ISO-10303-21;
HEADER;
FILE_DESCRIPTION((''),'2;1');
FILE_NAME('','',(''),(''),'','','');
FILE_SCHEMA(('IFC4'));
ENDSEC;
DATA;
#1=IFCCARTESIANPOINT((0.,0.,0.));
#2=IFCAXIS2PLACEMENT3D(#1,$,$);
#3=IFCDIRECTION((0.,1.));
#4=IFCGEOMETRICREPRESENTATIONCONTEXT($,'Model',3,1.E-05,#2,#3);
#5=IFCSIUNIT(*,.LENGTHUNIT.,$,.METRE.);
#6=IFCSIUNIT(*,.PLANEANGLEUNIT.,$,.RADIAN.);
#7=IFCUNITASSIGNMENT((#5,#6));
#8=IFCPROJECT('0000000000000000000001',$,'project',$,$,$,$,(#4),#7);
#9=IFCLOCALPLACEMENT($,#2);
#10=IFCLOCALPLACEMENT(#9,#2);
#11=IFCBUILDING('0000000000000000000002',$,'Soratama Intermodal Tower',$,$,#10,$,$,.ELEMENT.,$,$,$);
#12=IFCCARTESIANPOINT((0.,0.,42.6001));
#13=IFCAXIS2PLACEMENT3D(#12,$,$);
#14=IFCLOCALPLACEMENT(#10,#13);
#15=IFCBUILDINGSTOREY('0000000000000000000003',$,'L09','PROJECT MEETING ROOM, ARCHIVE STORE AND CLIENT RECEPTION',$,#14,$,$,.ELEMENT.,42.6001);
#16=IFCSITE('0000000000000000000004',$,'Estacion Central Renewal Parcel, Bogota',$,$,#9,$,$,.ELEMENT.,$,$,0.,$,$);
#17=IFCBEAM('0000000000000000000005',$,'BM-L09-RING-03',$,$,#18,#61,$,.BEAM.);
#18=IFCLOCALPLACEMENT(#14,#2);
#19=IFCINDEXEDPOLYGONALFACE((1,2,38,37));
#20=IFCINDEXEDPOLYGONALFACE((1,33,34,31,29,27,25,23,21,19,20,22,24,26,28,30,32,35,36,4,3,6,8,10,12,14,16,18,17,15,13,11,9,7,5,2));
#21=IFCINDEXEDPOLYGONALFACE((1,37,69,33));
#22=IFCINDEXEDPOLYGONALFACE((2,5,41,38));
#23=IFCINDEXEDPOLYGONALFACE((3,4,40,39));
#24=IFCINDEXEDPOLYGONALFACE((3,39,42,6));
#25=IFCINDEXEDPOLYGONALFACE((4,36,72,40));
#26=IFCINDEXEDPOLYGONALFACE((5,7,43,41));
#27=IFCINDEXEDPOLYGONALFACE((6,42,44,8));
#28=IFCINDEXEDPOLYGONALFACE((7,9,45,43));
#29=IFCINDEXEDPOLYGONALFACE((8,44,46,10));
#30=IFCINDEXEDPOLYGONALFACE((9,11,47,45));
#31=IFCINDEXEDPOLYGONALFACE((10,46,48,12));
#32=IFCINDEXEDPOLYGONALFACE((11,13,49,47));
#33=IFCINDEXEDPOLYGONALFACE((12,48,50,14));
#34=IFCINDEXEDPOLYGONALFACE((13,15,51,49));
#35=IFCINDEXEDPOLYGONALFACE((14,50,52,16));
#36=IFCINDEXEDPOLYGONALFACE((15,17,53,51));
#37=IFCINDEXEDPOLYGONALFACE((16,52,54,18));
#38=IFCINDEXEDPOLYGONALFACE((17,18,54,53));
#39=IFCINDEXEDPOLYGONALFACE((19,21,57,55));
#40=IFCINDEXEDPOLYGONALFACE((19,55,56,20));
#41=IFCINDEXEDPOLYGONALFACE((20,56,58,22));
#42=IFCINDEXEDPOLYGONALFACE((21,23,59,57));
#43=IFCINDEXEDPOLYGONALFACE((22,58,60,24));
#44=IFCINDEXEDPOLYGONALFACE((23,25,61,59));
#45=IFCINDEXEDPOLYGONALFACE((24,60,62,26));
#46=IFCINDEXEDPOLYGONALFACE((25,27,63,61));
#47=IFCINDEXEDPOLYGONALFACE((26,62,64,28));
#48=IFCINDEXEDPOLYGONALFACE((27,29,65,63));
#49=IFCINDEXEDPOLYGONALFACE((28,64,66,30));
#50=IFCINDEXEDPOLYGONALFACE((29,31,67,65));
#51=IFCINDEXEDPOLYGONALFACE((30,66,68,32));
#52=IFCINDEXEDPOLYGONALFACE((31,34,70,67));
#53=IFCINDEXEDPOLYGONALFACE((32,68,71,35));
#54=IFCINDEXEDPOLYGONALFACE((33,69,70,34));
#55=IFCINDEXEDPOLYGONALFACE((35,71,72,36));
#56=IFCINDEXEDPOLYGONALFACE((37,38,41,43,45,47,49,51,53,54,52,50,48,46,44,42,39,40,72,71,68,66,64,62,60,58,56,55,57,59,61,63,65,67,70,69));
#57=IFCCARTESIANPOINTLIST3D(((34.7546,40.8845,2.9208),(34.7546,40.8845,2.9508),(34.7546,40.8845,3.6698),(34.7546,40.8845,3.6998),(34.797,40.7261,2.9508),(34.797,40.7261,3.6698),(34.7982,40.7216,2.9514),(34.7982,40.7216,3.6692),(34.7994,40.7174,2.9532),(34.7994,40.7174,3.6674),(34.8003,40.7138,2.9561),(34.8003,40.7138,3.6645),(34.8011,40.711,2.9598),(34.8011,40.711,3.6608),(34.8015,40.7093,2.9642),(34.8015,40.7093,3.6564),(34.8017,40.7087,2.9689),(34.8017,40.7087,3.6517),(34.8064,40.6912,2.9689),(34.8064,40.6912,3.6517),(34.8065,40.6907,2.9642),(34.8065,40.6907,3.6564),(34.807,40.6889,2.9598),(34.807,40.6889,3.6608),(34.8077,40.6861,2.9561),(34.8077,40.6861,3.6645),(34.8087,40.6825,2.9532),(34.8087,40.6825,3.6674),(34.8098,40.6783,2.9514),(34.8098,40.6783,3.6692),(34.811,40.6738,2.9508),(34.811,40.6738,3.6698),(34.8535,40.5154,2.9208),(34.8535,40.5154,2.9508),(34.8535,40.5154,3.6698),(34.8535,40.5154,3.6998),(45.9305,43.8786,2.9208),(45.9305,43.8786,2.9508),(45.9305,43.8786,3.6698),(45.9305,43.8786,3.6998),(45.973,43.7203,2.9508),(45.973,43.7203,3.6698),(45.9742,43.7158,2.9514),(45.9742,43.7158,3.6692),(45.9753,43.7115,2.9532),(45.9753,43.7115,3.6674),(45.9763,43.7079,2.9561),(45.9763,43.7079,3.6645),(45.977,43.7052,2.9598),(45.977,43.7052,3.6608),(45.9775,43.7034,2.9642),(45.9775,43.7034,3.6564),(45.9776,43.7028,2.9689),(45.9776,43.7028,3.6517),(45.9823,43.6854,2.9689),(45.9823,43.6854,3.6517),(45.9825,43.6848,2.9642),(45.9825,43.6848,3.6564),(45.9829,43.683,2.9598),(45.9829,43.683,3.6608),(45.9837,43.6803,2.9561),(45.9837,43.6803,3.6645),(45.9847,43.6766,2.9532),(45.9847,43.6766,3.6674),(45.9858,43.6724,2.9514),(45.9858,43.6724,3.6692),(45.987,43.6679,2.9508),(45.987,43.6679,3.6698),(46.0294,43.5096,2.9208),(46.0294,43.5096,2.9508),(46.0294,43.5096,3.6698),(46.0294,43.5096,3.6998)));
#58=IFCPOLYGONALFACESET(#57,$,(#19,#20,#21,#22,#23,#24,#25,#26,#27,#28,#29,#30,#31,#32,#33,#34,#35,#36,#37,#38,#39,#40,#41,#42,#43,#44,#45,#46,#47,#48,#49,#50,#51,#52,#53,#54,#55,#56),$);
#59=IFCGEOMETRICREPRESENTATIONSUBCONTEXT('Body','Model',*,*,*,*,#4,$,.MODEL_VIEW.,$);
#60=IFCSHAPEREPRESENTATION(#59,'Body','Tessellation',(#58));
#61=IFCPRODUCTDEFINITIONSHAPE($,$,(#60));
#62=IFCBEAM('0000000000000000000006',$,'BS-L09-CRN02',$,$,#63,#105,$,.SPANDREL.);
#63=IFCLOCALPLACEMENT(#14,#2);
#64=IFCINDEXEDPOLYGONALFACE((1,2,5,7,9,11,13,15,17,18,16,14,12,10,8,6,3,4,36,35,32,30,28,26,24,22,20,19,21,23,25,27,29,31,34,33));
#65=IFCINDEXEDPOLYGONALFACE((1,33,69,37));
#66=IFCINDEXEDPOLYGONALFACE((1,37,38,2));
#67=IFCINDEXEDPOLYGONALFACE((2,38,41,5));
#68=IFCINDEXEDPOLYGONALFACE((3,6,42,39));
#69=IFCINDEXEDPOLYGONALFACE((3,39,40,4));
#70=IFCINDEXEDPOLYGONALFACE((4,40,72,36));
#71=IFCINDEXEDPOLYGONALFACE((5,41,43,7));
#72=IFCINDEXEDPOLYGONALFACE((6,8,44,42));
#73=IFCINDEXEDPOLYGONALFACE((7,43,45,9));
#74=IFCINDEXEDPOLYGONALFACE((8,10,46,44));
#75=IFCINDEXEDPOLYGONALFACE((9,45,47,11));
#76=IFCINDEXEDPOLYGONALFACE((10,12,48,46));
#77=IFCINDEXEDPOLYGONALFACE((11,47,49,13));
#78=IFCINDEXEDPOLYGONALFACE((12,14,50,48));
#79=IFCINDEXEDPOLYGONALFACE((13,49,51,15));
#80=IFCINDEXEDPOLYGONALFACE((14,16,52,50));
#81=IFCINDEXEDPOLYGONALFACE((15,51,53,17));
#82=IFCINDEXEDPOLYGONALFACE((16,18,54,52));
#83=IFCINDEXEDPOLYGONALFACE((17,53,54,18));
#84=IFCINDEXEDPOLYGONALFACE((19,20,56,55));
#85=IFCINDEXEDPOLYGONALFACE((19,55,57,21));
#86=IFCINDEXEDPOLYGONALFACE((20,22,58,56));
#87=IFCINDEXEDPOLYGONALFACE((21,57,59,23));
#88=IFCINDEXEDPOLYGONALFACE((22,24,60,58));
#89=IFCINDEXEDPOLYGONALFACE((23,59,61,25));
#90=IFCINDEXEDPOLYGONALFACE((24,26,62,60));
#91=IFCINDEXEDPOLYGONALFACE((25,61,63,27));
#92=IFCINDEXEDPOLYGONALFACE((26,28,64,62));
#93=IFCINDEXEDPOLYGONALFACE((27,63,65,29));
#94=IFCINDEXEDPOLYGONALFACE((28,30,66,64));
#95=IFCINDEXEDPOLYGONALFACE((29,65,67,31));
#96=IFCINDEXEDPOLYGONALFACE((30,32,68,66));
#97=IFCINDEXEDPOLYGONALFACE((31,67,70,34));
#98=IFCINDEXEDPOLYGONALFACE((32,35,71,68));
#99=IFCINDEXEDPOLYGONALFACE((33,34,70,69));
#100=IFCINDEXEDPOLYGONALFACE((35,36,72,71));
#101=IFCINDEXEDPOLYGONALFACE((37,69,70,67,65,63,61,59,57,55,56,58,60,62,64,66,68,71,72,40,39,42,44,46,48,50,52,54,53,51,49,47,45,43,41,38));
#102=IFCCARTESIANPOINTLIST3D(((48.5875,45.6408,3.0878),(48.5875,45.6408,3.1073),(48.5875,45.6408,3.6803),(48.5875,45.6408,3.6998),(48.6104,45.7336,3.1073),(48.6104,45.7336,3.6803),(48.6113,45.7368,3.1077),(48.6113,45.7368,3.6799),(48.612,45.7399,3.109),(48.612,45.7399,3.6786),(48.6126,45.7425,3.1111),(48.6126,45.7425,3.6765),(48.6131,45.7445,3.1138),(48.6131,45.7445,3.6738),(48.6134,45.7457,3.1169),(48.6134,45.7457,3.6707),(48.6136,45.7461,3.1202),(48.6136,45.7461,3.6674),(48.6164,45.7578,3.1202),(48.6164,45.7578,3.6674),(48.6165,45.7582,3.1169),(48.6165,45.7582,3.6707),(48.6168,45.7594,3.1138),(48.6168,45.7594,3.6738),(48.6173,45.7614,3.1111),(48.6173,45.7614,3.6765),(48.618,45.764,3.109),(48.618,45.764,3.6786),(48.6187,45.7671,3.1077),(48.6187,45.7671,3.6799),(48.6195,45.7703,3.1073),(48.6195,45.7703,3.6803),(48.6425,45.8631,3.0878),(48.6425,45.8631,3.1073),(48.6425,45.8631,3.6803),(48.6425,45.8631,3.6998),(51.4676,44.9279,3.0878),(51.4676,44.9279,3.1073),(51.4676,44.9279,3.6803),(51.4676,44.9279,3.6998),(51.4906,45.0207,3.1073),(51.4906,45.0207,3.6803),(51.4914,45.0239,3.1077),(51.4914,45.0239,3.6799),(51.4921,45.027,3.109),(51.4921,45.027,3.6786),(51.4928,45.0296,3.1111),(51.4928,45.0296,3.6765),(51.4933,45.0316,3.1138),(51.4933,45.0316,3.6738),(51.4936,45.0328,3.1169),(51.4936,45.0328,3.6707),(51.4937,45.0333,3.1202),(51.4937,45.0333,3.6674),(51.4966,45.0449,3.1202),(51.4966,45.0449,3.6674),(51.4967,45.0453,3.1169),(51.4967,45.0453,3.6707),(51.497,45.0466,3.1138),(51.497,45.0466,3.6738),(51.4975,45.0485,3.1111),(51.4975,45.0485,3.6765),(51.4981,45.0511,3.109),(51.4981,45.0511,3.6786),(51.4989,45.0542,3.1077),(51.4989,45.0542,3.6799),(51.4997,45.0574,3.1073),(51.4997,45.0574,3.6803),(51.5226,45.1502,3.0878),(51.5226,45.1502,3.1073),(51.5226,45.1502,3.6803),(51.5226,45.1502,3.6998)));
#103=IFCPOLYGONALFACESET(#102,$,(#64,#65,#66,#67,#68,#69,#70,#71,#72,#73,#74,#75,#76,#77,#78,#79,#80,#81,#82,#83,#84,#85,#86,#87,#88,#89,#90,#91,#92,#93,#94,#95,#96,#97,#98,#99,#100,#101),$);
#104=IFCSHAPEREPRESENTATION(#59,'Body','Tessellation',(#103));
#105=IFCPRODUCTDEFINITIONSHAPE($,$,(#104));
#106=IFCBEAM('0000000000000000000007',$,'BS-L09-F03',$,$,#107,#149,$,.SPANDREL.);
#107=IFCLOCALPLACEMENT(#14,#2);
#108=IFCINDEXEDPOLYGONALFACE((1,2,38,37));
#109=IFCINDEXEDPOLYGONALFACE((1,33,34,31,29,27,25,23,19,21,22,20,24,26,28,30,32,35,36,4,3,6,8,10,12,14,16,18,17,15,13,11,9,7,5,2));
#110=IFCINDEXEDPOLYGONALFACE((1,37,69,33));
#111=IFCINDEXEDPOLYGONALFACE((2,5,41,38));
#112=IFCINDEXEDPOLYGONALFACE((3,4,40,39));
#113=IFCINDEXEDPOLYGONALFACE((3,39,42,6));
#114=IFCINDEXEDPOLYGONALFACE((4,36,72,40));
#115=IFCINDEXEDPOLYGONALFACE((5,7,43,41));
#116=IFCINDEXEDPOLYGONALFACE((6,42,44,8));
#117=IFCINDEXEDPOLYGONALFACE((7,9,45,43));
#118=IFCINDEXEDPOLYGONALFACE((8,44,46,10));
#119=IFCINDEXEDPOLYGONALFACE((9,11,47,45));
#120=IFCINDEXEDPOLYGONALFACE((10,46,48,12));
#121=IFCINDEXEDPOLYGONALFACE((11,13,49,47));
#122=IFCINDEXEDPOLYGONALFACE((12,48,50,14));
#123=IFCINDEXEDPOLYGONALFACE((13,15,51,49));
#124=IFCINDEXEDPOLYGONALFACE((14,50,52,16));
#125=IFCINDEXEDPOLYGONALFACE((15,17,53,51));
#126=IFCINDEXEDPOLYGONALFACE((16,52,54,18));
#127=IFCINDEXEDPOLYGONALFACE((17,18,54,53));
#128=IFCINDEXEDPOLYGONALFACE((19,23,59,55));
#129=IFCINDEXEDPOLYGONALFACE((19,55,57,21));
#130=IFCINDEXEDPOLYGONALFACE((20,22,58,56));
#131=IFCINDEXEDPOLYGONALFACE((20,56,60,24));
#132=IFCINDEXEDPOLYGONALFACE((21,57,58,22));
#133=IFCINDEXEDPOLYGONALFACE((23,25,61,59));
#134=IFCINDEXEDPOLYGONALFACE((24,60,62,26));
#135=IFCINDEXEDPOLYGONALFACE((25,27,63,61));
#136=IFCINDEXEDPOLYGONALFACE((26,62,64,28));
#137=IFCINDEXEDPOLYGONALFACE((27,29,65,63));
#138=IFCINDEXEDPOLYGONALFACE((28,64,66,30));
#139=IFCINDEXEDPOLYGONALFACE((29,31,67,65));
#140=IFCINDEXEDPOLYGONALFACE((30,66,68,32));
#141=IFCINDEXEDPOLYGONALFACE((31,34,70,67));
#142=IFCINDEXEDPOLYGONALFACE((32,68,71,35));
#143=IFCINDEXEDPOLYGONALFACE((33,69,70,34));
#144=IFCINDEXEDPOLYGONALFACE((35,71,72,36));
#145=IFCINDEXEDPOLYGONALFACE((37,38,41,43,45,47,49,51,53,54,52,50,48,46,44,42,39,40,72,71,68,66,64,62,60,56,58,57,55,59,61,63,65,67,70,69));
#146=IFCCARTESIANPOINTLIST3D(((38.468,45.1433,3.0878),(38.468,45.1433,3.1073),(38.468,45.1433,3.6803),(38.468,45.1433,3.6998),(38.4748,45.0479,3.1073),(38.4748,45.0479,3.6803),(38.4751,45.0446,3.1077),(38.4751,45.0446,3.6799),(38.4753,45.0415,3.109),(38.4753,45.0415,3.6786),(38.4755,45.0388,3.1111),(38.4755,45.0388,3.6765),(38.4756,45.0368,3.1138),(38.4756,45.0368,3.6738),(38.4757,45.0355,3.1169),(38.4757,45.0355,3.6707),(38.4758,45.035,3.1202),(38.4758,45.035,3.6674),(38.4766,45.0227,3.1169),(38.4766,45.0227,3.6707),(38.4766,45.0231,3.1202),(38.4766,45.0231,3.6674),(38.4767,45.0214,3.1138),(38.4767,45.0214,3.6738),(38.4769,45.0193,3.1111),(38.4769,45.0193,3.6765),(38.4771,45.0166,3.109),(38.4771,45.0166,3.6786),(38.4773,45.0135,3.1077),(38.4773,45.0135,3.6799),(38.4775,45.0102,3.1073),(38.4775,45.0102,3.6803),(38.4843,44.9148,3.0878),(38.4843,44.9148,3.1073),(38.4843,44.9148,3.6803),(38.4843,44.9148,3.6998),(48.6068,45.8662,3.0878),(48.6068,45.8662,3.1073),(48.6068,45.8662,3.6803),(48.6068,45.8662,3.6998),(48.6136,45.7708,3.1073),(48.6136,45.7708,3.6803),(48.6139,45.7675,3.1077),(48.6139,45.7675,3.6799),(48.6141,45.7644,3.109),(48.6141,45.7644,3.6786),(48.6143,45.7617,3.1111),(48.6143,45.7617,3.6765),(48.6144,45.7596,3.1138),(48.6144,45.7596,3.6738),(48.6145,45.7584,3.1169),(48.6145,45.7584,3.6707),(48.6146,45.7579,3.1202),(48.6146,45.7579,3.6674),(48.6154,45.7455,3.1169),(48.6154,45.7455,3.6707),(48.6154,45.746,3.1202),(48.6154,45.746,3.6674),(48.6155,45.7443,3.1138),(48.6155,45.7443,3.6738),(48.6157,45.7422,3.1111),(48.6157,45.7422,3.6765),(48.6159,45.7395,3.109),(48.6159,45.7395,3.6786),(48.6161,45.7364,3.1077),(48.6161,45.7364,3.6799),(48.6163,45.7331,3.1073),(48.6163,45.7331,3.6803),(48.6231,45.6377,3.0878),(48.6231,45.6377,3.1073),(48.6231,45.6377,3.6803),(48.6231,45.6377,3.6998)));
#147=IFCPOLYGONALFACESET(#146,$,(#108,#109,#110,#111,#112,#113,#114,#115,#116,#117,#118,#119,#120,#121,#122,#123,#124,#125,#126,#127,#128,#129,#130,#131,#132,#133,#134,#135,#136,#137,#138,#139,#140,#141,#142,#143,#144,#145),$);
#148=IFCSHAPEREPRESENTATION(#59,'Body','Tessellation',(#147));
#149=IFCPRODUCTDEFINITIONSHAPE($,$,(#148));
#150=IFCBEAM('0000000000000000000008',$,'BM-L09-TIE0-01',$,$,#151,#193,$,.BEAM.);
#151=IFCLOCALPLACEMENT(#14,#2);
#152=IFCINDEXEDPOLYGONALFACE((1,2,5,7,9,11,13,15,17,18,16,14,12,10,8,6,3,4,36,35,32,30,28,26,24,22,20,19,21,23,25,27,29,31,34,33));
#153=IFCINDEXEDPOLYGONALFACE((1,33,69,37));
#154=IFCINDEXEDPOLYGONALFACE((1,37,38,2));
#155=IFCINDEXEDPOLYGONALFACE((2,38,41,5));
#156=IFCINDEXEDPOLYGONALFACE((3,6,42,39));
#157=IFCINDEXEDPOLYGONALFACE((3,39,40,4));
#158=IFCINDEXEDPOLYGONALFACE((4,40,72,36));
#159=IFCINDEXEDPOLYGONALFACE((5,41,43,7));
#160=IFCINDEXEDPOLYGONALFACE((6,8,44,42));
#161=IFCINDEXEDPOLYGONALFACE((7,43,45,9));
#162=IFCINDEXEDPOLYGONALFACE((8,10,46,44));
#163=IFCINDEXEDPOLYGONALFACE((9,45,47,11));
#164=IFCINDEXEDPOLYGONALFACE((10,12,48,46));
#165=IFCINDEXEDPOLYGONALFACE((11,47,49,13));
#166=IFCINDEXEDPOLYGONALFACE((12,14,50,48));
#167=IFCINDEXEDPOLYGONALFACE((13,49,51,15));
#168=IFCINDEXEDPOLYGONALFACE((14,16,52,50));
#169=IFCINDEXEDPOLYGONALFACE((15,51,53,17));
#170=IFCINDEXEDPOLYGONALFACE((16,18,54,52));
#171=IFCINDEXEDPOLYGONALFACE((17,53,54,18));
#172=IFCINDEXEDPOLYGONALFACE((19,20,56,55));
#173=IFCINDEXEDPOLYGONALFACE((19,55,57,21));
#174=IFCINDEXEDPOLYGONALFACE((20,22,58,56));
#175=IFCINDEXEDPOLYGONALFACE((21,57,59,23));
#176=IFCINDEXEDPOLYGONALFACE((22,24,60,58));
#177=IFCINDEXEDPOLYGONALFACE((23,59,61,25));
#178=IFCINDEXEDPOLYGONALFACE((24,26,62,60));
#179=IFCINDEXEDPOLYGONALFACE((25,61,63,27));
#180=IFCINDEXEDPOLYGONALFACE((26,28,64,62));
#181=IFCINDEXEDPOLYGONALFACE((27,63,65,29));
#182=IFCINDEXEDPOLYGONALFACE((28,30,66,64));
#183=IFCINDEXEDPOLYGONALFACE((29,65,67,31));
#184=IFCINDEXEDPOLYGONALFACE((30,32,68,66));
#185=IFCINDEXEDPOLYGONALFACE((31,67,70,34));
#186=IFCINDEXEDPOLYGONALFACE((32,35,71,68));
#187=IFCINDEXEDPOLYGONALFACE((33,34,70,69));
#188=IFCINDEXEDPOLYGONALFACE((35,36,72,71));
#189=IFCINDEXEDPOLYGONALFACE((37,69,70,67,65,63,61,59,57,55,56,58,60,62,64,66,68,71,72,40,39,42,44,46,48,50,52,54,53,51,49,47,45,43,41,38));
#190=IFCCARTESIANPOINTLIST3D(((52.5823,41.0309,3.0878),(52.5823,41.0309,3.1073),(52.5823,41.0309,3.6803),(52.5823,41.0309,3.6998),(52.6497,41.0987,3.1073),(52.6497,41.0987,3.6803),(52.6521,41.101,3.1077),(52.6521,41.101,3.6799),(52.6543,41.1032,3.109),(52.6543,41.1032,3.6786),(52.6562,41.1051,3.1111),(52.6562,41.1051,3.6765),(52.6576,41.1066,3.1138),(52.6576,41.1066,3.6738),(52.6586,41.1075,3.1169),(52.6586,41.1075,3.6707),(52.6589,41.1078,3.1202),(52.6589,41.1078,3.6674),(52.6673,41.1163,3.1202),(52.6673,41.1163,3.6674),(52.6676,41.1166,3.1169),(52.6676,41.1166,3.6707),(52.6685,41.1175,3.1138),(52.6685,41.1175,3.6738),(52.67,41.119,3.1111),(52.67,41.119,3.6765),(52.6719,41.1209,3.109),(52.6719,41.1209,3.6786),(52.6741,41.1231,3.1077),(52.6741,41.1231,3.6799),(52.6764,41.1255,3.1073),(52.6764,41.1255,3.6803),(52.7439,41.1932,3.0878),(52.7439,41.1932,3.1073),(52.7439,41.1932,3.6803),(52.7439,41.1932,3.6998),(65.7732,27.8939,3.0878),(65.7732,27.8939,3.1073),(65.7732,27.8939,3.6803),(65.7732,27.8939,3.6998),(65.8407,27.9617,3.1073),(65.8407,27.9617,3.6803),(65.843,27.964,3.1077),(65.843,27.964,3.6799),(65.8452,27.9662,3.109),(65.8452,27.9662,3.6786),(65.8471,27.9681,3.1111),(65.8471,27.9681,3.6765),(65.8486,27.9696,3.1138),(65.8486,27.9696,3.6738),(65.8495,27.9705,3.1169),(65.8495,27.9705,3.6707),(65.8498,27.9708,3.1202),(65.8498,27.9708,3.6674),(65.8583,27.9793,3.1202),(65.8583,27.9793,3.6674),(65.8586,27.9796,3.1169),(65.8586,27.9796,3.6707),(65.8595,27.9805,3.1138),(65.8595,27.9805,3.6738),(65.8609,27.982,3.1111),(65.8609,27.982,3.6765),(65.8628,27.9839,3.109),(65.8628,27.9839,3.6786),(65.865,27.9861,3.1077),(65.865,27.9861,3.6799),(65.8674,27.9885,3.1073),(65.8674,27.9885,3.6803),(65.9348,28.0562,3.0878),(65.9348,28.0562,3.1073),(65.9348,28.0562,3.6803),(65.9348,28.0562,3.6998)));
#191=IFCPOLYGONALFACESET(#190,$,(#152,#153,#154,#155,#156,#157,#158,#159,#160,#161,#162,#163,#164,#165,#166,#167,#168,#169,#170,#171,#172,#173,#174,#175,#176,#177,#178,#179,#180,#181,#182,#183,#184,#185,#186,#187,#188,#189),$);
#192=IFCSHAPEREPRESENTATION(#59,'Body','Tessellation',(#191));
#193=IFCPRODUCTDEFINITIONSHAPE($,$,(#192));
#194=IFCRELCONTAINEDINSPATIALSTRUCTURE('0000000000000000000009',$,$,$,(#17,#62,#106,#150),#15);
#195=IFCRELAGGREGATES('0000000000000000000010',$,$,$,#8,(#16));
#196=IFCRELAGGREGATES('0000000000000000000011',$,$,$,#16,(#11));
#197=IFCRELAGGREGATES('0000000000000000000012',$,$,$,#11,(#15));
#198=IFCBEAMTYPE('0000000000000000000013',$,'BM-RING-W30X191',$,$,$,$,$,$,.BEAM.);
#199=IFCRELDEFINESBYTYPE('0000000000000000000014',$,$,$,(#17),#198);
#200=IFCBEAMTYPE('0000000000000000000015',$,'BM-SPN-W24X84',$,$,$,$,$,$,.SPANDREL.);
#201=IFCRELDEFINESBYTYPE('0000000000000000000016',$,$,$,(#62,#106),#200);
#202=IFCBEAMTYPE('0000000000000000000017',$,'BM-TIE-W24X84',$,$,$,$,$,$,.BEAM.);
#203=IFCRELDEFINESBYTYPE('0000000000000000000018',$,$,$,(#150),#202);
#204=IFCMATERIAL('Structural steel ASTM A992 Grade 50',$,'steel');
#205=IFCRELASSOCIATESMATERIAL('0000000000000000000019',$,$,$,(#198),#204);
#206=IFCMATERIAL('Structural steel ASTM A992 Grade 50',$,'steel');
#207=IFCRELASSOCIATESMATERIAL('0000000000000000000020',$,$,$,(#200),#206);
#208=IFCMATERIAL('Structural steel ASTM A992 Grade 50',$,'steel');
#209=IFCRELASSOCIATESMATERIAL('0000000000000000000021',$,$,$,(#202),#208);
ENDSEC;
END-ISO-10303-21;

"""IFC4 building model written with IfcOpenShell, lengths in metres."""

from ifc_helpers import new_model, si_unit, direction, frame, origin, origin_2d, place, context, subcontext, project, spatial, i_section, extrude, material, material_profile, profile_set, type_object, element, save


model = new_model("IFC4")

# Units and contexts
model_context = context("Model", 3, precision=1e-05, world=origin(), true_north=direction((0.0, 1.0)))
body_context = subcontext(model_context, "Body", "Model", "MODEL_VIEW")
ifc_project = project(units=[si_unit("LENGTHUNIT", "METRE"), si_unit("PLANEANGLEUNIT", "RADIAN")], contexts=[model_context])

# Site, building, storey
site_placement = place(None, origin())
site = spatial("IfcSite", under=ifc_project, at=site_placement, Name="Estacion Central Renewal Parcel, Bogota", CompositionType="ELEMENT", RefElevation=0.0)
building_placement = place(site_placement, origin())
building = spatial("IfcBuilding", under=site, at=building_placement, Name="Soratama Intermodal Tower", CompositionType="ELEMENT")
storey_placement = place(building_placement, frame((0.0, 0.0, 42.6001)))
storey = spatial("IfcBuildingStorey", under=building, at=storey_placement, Name="L09", Description="PROJECT MEETING ROOM, ARCHIVE STORE AND CLIENT RECEPTION", CompositionType="ELEMENT", Elevation=42.6001)

# Beams
ifc_material_1 = material(Name="Structural steel ASTM A992 Grade 50", Category="steel")
ifc_material_profile_1 = material_profile(ifc_material_1, i_section(OverallWidth=0.3821, OverallDepth=0.7791, WebThickness=0.0181, FlangeThickness=0.03, FilletRadius=0.0181, at=origin_2d()), Name="W30X191")
ifc_profile_set_1 = profile_set([ifc_material_profile_1], Name="Structural steel ASTM A992 Grade 50")
beam_type_1 = type_object("IfcBeamType", Name="BM-RING-W30X191", PredefinedType="BEAM", material=ifc_profile_set_1)
beam_1_placement = place(storey_placement, frame((45.98, 43.6941, 3.3103), z_axis=(-0.965936, -0.258781, 0.0), x_axis=(0.258781, -0.965936, 0.0)))
element("IfcBeam", 1, at=beam_1_placement, inside=storey, type_object=beam_type_1, Name="BM-L09-RING-03", PredefinedType="BEAM", context=body_context, shape_type="SweptSolid", body=[
    extrude(i_section(OverallWidth=0.3821, OverallDepth=0.7791, WebThickness=0.0181, FlangeThickness=0.03, FilletRadius=0.0181, at=origin_2d()), origin(), (0.0, 0.0, 1.0), 11.5701),
])
ifc_material_2 = material(Name="Structural steel ASTM A992 Grade 50", Category="steel")
ifc_material_profile_2 = material_profile(ifc_material_2, i_section(OverallWidth=0.229, OverallDepth=0.6121, WebThickness=0.012, FlangeThickness=0.0195, FilletRadius=0.0129, at=origin_2d()), Name="W24X84")
ifc_profile_set_2 = profile_set([ifc_material_profile_2], Name="Structural steel ASTM A992 Grade 50")
beam_type_2 = type_object("IfcBeamType", Name="BM-SPN-W24X84", PredefinedType="SPANDREL", material=ifc_profile_set_2)
beam_2_placement = place(storey_placement, frame((51.4951, 45.0391, 3.3938), z_axis=(-0.970706, 0.24027, 0.0), x_axis=(-0.24027, -0.970706, 0.0)))
element("IfcBeam", 2, at=beam_2_placement, inside=storey, type_object=beam_type_2, Name="BS-L09-CRN02", PredefinedType="SPANDREL", context=body_context, shape_type="SweptSolid", body=[
    extrude(i_section(OverallWidth=0.229, OverallDepth=0.6121, WebThickness=0.012, FlangeThickness=0.0195, FilletRadius=0.0129, at=origin_2d()), origin(), (0.0, 0.0, 1.0), 2.967),
])
beam_3_placement = place(storey_placement, frame((48.615, 45.752, 3.3938), z_axis=(-0.997468, -0.071119, 0.0), x_axis=(0.071119, -0.997468, 0.0)))
element("IfcBeam", 3, at=beam_3_placement, inside=storey, type_object=beam_type_2, Name="BS-L09-F03", PredefinedType="SPANDREL", context=body_context, shape_type="SweptSolid", body=[
    extrude(i_section(OverallWidth=0.229, OverallDepth=0.6121, WebThickness=0.012, FlangeThickness=0.0195, FilletRadius=0.0129, at=origin_2d()), origin(), (0.0, 0.0, 1.0), 10.1646),
])
ifc_material_3 = material(Name="Structural steel ASTM A992 Grade 50", Category="steel")
ifc_material_profile_3 = material_profile(ifc_material_3, i_section(OverallWidth=0.229, OverallDepth=0.6121, WebThickness=0.012, FlangeThickness=0.0195, FilletRadius=0.0129, at=origin_2d()), Name="W24X84")
ifc_profile_set_3 = profile_set([ifc_material_profile_3], Name="Structural steel ASTM A992 Grade 50")
beam_type_3 = type_object("IfcBeamType", Name="BM-TIE-W24X84", PredefinedType="BEAM", material=ifc_profile_set_3)
beam_4_placement = place(storey_placement, frame((52.6631, 41.1121, 3.3938), z_axis=(0.708554, -0.705656, 0.0), x_axis=(0.705656, 0.708554, 0.0)))
element("IfcBeam", 4, at=beam_4_placement, inside=storey, type_object=beam_type_3, Name="BM-L09-TIE0-01", PredefinedType="BEAM", context=body_context, shape_type="SweptSolid", body=[
    extrude(i_section(OverallWidth=0.229, OverallDepth=0.6121, WebThickness=0.012, FlangeThickness=0.0195, FilletRadius=0.0129, at=origin_2d()), origin(), (0.0, 0.0, 1.0), 18.6167),
])

save(model, "model.ifc")
